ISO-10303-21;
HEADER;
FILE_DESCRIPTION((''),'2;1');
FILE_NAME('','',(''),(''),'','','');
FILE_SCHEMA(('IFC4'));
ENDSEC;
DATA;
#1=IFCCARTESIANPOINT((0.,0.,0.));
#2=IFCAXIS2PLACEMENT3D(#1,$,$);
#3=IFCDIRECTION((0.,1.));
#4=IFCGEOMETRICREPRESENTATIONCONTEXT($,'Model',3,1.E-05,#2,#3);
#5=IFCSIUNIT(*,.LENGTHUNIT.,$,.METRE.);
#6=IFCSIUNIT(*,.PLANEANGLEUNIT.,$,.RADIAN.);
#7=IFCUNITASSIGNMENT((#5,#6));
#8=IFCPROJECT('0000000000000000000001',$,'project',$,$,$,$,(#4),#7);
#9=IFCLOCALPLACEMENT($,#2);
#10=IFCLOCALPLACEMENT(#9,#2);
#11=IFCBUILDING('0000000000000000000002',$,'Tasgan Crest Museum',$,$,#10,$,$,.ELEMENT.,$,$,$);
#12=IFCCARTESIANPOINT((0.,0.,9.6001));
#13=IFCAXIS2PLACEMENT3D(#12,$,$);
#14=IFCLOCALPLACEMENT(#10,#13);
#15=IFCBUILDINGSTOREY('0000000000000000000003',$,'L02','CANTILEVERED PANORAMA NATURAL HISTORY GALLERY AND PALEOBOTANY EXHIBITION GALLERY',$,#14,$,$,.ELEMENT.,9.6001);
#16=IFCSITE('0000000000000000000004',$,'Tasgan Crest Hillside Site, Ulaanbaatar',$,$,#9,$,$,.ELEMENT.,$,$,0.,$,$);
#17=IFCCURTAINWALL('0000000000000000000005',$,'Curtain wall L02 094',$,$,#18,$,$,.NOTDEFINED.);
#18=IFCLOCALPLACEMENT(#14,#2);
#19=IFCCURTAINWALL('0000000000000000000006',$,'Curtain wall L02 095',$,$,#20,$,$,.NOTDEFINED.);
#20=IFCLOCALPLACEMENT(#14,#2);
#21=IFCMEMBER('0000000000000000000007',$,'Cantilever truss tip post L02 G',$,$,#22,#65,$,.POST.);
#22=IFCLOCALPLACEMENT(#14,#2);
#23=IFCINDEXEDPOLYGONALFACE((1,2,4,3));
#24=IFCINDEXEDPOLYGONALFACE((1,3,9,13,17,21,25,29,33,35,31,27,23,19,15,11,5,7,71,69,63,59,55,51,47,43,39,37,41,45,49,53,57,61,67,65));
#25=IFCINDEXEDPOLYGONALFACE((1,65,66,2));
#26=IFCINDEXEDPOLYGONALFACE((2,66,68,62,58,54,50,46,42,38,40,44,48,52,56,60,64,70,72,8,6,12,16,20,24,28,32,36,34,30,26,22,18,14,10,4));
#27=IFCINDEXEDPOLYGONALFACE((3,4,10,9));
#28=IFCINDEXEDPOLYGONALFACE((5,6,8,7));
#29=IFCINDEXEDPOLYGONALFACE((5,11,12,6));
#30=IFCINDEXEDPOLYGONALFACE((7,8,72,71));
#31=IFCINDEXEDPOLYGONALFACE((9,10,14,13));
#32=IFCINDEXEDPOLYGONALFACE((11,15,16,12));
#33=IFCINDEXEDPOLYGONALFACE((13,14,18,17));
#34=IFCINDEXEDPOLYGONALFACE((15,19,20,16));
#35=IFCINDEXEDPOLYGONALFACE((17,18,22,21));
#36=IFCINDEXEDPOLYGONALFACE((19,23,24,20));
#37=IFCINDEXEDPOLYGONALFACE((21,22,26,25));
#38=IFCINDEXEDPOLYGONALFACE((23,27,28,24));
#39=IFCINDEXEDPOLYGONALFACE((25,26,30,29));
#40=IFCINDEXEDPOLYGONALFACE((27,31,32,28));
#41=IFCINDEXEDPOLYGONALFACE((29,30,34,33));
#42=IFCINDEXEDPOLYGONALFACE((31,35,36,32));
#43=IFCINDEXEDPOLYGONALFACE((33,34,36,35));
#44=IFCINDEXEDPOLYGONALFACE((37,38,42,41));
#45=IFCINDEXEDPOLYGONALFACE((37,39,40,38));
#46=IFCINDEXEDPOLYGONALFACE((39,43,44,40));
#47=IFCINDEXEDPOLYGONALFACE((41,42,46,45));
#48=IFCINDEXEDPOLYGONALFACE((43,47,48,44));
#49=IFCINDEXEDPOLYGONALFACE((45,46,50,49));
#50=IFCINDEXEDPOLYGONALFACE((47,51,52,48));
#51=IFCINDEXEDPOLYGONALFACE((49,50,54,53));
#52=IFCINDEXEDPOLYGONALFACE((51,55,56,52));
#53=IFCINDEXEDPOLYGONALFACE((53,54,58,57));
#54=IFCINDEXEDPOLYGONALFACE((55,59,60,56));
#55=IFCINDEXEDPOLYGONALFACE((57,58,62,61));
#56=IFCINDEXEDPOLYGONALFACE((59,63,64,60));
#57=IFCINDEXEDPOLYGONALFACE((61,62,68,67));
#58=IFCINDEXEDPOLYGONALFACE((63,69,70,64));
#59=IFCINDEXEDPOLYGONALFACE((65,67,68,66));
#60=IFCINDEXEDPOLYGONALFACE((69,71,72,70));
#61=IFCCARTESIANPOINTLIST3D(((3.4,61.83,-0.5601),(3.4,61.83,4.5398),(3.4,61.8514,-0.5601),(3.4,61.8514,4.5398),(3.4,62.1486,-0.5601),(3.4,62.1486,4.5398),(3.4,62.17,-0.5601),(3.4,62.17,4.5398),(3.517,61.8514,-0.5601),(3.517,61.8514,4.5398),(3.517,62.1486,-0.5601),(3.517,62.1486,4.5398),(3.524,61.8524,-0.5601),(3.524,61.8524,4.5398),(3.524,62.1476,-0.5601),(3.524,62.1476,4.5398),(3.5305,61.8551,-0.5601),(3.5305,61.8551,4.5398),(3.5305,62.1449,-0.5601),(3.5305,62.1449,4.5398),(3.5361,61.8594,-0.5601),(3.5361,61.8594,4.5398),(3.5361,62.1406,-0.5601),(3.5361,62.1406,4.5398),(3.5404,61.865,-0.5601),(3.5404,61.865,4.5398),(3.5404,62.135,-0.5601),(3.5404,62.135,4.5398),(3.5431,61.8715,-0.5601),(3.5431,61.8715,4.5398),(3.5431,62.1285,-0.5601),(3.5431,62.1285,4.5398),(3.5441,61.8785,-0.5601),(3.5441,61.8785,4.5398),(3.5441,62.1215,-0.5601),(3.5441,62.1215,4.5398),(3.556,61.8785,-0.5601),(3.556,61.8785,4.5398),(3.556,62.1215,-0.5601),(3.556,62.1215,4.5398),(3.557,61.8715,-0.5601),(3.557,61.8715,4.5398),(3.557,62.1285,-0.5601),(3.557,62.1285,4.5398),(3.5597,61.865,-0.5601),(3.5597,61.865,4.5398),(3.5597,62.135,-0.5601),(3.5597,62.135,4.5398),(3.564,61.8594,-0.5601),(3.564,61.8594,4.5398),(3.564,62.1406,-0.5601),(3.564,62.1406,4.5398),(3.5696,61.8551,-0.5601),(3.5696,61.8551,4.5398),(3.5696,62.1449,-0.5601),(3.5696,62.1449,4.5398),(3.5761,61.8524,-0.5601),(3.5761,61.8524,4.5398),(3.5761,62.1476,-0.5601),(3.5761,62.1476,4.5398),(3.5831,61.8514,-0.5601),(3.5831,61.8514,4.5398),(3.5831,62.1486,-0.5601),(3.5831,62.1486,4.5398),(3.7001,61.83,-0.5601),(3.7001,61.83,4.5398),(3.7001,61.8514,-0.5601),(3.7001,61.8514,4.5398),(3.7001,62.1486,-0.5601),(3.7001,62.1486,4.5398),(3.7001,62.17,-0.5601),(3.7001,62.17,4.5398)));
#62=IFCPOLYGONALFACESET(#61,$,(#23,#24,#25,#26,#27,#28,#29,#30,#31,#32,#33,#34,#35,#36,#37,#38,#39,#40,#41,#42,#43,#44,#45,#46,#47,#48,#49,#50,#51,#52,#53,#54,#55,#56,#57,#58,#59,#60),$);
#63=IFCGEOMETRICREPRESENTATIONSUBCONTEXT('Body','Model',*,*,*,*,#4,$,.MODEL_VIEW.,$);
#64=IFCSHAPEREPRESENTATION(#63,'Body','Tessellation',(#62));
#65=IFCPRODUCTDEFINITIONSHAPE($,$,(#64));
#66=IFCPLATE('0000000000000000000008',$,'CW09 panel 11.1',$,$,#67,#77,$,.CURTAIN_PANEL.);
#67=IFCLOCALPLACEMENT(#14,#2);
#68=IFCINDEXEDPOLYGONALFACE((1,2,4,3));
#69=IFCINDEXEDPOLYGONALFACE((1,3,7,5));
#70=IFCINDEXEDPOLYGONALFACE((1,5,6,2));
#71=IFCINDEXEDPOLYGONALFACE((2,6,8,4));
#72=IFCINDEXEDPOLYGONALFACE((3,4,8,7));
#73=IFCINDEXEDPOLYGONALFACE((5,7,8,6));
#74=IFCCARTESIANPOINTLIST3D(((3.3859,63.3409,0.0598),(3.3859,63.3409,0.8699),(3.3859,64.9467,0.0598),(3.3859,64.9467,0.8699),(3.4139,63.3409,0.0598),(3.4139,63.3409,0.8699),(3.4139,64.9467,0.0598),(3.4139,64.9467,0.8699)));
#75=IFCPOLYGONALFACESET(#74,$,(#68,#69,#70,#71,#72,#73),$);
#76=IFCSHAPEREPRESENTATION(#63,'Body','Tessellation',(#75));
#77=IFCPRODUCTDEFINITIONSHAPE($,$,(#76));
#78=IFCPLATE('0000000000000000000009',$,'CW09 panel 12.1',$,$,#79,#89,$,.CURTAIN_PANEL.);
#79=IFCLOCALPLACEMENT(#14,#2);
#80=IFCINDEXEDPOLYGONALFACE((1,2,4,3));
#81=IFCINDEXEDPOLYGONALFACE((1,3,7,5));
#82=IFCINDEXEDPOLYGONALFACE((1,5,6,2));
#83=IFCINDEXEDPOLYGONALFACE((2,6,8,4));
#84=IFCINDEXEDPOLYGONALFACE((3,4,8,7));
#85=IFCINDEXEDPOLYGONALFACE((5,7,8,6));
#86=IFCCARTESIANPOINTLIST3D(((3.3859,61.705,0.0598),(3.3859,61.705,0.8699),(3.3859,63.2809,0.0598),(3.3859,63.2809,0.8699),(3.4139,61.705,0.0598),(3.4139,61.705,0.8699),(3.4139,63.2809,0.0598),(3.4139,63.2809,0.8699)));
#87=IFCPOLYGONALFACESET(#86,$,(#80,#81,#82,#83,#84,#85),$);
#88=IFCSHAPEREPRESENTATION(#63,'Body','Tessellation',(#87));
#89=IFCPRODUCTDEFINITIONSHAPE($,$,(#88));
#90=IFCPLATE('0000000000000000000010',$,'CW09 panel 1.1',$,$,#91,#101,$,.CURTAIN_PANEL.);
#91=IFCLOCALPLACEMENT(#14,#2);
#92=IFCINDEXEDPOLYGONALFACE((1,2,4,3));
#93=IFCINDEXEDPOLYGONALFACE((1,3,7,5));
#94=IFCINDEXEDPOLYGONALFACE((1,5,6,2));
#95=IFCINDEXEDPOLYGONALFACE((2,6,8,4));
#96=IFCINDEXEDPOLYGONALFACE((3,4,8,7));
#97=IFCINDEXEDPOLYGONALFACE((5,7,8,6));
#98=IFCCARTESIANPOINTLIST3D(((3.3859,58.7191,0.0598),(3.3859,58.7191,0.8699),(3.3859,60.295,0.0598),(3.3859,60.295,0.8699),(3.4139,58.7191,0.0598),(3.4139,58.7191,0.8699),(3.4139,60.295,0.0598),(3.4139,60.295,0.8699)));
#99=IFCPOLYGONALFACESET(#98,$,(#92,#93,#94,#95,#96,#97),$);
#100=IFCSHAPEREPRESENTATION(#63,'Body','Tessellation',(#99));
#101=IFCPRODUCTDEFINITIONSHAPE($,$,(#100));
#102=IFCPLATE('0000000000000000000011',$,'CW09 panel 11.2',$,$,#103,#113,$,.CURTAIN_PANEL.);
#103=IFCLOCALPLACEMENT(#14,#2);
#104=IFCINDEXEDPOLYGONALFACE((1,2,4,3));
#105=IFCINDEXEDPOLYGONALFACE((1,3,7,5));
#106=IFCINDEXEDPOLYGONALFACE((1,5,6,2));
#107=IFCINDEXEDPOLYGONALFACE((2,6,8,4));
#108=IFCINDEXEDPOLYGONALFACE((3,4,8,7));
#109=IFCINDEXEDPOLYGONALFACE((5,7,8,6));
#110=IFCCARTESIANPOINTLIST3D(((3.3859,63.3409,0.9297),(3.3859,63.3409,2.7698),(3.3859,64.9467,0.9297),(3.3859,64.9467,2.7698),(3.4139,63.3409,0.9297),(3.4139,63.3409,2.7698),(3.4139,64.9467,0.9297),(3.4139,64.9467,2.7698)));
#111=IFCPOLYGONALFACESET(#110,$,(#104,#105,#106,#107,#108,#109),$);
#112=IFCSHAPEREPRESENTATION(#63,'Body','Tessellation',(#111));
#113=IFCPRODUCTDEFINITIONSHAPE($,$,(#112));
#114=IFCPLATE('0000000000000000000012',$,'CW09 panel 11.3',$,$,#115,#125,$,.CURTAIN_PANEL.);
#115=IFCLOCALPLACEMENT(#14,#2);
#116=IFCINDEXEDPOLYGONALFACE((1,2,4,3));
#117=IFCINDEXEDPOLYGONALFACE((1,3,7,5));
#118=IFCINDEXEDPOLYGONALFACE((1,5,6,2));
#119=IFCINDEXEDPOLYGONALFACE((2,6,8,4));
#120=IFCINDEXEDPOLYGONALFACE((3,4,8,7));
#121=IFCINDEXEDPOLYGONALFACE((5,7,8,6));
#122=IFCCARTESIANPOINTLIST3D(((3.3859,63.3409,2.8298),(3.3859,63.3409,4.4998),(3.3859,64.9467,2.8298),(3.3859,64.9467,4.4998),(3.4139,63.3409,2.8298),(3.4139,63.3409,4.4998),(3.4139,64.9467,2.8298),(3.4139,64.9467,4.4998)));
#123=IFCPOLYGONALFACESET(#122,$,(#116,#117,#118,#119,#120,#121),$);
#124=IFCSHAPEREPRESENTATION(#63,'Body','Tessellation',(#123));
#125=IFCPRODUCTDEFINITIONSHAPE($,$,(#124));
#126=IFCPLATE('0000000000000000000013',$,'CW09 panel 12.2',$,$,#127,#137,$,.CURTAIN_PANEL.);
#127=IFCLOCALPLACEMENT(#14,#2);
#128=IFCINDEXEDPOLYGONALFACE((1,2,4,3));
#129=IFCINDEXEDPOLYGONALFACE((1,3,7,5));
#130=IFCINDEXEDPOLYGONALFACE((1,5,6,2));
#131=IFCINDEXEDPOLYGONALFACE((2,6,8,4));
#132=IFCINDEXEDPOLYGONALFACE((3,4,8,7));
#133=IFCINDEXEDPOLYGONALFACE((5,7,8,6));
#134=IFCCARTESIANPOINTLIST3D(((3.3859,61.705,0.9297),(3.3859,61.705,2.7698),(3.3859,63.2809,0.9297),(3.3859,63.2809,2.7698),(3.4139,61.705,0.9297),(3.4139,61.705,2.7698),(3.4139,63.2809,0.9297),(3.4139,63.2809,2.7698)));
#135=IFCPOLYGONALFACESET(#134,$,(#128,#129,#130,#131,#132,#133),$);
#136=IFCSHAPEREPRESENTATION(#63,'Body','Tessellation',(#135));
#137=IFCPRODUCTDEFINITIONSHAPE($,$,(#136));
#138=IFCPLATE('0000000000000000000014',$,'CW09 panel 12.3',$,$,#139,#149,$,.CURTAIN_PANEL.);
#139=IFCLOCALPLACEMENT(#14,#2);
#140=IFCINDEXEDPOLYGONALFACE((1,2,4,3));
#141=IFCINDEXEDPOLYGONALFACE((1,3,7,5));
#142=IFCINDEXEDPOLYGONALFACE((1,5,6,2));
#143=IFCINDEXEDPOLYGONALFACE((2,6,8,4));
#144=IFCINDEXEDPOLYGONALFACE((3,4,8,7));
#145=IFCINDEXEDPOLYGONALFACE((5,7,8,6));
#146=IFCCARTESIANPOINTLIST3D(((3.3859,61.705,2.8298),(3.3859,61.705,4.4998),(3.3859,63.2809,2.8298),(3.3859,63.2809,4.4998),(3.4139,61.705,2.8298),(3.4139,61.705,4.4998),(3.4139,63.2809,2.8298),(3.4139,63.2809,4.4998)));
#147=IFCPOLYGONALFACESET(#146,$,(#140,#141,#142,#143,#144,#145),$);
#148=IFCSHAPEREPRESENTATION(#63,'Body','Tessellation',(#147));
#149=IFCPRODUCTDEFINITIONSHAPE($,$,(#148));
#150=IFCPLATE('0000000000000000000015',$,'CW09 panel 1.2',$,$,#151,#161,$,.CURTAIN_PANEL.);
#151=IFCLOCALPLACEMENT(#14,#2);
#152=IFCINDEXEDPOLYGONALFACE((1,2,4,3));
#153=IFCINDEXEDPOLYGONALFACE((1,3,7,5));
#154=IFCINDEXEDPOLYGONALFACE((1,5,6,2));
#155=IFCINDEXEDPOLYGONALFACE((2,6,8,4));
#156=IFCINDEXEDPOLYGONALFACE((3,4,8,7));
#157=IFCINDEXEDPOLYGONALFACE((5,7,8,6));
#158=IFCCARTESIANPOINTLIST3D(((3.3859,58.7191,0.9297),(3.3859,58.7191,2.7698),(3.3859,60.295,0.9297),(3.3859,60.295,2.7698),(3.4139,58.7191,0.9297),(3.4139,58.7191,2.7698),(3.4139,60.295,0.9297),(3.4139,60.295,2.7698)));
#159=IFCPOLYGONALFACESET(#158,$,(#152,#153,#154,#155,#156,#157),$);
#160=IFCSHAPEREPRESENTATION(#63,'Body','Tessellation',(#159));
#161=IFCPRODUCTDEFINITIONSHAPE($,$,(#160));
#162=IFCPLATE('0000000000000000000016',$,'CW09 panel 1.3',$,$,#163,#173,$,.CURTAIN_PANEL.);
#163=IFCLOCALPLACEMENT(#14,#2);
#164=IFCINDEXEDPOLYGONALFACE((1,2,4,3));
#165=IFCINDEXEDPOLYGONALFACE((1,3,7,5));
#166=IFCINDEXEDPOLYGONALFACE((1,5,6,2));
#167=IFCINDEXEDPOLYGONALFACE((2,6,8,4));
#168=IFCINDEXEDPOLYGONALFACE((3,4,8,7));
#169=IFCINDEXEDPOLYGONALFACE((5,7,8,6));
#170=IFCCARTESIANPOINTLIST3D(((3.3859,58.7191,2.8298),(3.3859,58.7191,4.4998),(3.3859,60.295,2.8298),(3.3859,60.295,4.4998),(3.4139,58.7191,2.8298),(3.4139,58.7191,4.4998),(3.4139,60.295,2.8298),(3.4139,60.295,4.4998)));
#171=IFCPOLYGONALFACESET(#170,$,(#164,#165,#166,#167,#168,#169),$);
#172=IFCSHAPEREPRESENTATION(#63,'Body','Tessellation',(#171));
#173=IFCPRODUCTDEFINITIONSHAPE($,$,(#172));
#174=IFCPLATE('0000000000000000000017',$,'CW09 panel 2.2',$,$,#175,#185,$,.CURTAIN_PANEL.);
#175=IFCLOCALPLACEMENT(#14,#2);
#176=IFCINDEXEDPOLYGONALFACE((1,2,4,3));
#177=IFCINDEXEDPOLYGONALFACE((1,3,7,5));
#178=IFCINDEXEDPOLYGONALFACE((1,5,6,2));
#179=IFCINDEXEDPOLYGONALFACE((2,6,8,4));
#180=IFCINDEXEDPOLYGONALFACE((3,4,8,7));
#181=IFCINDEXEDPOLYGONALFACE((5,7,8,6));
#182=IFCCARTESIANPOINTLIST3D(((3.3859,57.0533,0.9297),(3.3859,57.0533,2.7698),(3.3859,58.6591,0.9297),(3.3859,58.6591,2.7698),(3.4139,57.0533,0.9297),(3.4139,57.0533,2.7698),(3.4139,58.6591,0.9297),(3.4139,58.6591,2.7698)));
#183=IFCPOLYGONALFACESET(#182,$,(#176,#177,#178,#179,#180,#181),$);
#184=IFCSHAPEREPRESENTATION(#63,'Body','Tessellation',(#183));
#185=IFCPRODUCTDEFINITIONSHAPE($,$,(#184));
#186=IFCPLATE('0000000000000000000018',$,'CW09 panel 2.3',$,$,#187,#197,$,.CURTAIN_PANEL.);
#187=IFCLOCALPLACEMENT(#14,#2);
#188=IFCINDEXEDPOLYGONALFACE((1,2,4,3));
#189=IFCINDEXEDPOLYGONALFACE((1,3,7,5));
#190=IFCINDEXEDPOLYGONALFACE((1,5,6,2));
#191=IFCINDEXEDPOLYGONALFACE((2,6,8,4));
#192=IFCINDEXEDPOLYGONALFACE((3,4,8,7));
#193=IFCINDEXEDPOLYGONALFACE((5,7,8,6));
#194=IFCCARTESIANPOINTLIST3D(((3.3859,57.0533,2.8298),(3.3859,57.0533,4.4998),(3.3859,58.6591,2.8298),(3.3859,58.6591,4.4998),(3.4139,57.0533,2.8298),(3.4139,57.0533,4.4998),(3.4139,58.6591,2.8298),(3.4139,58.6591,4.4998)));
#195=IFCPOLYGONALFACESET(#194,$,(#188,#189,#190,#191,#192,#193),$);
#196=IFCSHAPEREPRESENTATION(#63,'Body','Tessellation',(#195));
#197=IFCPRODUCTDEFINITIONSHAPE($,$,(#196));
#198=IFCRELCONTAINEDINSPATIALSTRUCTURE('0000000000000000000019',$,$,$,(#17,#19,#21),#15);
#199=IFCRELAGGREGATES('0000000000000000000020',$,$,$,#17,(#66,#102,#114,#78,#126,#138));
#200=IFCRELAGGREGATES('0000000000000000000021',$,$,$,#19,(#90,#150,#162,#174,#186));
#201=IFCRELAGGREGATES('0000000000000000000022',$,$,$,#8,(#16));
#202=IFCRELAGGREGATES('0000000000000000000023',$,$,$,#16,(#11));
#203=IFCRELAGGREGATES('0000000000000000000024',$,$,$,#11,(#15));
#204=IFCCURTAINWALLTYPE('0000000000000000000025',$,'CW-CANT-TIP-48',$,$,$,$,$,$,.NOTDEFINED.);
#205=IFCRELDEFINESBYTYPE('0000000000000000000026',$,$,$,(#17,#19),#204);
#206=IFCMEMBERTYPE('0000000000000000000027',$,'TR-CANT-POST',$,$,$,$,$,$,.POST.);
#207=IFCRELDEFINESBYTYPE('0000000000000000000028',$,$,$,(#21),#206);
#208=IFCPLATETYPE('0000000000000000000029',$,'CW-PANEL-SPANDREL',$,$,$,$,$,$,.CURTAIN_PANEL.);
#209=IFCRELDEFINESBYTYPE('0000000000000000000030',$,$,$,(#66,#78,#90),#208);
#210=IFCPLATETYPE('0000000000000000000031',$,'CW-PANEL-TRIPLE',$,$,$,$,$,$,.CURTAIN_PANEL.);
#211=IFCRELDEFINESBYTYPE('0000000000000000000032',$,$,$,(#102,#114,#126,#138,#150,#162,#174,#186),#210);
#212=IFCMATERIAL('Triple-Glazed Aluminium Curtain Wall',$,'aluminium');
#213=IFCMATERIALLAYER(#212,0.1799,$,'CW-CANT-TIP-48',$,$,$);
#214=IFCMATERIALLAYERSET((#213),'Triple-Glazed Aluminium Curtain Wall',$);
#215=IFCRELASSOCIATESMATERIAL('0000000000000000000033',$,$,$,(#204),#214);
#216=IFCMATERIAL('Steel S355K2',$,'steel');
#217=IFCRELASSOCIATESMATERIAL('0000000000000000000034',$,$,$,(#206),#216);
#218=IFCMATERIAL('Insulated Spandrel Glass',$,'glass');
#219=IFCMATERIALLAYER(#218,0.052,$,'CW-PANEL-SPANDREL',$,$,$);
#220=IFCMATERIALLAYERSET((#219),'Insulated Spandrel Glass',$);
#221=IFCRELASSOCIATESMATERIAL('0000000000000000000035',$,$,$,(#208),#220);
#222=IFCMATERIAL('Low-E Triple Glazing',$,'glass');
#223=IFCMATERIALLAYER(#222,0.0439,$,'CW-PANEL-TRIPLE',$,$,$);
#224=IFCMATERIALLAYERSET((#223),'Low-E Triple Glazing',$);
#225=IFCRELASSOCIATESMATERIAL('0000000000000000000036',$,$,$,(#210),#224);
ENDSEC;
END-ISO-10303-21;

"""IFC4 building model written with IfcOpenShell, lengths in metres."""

from ifc_helpers import new_model, si_unit, direction, frame, origin, origin_2d, place, context, subcontext, project, spatial, rectangle, i_section, extrude, material, layer, layer_set, material_profile, profile_set, type_object, element, aggregate, save


model = new_model("IFC4")

# Units and contexts
model_context = context("Model", 3, precision=1e-05, world=origin(), true_north=direction((0.0, 1.0)))
body_context = subcontext(model_context, "Body", "Model", "MODEL_VIEW")
ifc_project = project(units=[si_unit("LENGTHUNIT", "METRE"), si_unit("PLANEANGLEUNIT", "RADIAN")], contexts=[model_context])

# Site, building, storey
site_placement = place(None, origin())
site = spatial("IfcSite", under=ifc_project, at=site_placement, Name="Tasgan Crest Hillside Site, Ulaanbaatar", CompositionType="ELEMENT", RefElevation=0.0)
building_placement = place(site_placement, origin())
building = spatial("IfcBuilding", under=site, at=building_placement, Name="Tasgan Crest Museum", CompositionType="ELEMENT")
storey_placement = place(building_placement, frame((0.0, 0.0, 9.6001)))
storey = spatial("IfcBuildingStorey", under=building, at=storey_placement, Name="L02", Description="CANTILEVERED PANORAMA NATURAL HISTORY GALLERY AND PALEOBOTANY EXHIBITION GALLERY", CompositionType="ELEMENT", Elevation=9.6001)

# Curtain walls
ifc_material_1 = material(Name="Triple-Glazed Aluminium Curtain Wall", Category="aluminium")
ifc_layer_1 = layer(ifc_material_1, 0.1799, Name="CW-CANT-TIP-48")
ifc_layer_set_1 = layer_set([ifc_layer_1], Name="Triple-Glazed Aluminium Curtain Wall")
curtain_wall_type = type_object("IfcCurtainWallType", Name="CW-CANT-TIP-48", PredefinedType="NOTDEFINED", material=ifc_layer_set_1)
curtain_wall_1_placement = place(storey_placement, origin())
curtain_wall_1 = element("IfcCurtainWall", 1, at=curtain_wall_1_placement, inside=storey, type_object=curtain_wall_type, Name="Curtain wall L02 094", PredefinedType="NOTDEFINED")
curtain_wall_2_placement = place(storey_placement, origin())
curtain_wall_2 = element("IfcCurtainWall", 2, at=curtain_wall_2_placement, inside=storey, type_object=curtain_wall_type, Name="Curtain wall L02 095", PredefinedType="NOTDEFINED")

# Member
ifc_material_2 = material(Name="Steel S355K2", Category="steel")
ifc_material_profile_1 = material_profile(ifc_material_2, i_section(OverallWidth=0.3, OverallDepth=0.3401, WebThickness=0.012, FlangeThickness=0.0215, FilletRadius=0.0271, at=origin_2d()), Name="HEB 340")
ifc_profile_set_1 = profile_set([ifc_material_profile_1], Name="Steel S355K2")
member_type_1 = type_object("IfcMemberType", Name="TR-CANT-POST", PredefinedType="POST", material=ifc_profile_set_1)
for number, where, z_axis, x_axis, name in (
    (3, (3.55, 62.0, -0.5601), (0.0, 0.0, 1.0), (1.0, 0.0, 0.0), "Cantilever truss tip post L02 G"),
):
    element("IfcMember", number, at=place(storey_placement, frame(where, z_axis=z_axis, x_axis=x_axis)), inside=storey, type_object=member_type_1, Name=name, PredefinedType="POST", context=body_context, shape_type="SweptSolid", body=[
        extrude(i_section(OverallWidth=0.3, OverallDepth=0.3401, WebThickness=0.012, FlangeThickness=0.0215, FilletRadius=0.0271, at=origin_2d()), origin(), (0.0, 0.0, 1.0), 5.0999),
    ])

# Plates
ifc_material_3 = material(Name="Insulated Spandrel Glass", Category="glass")
ifc_layer_2 = layer(ifc_material_3, 0.052, Name="CW-PANEL-SPANDREL")
ifc_layer_set_2 = layer_set([ifc_layer_2], Name="Insulated Spandrel Glass")
plate_type_1 = type_object("IfcPlateType", Name="CW-PANEL-SPANDREL", PredefinedType="CURTAIN_PANEL", material=ifc_layer_set_2)
plate_1_placement = place(storey_placement, frame((3.3999, 64.1438, 0.0598), z_axis=(0.0, 0.0, 1.0), x_axis=(0.0, -1.0, 0.0)))
plate_1 = element("IfcPlate", 4, at=plate_1_placement, type_object=plate_type_1, Name="CW09 panel 11.1", PredefinedType="CURTAIN_PANEL", context=body_context, shape_type="SweptSolid", body=[
    extrude(rectangle(XDim=1.6057, YDim=0.0281, at=origin_2d()), origin(), (0.0, 0.0, 1.0), 0.8101),
])
plate_2_placement = place(storey_placement, frame((3.3999, 62.4929, 0.0598), z_axis=(0.0, 0.0, 1.0), x_axis=(0.0, -1.0, 0.0)))
plate_2 = element("IfcPlate", 5, at=plate_2_placement, type_object=plate_type_1, Name="CW09 panel 12.1", PredefinedType="CURTAIN_PANEL", context=body_context, shape_type="SweptSolid", body=[
    extrude(rectangle(XDim=1.5759, YDim=0.0281, at=origin_2d()), origin(), (0.0, 0.0, 1.0), 0.8101),
])
plate_3_placement = place(storey_placement, frame((3.3999, 59.5071, 0.0598), z_axis=(0.0, 0.0, 1.0), x_axis=(0.0, -1.0, 0.0)))
plate_3 = element("IfcPlate", 6, at=plate_3_placement, type_object=plate_type_1, Name="CW09 panel 1.1", PredefinedType="CURTAIN_PANEL", context=body_context, shape_type="SweptSolid", body=[
    extrude(rectangle(XDim=1.5759, YDim=0.0281, at=origin_2d()), origin(), (0.0, 0.0, 1.0), 0.8101),
])
ifc_material_4 = material(Name="Low-E Triple Glazing", Category="glass")
ifc_layer_3 = layer(ifc_material_4, 0.0439, Name="CW-PANEL-TRIPLE")
ifc_layer_set_3 = layer_set([ifc_layer_3], Name="Low-E Triple Glazing")
plate_type_2 = type_object("IfcPlateType", Name="CW-PANEL-TRIPLE", PredefinedType="CURTAIN_PANEL", material=ifc_layer_set_3)
plate_4_placement = place(storey_placement, frame((3.3999, 64.1438, 0.9297), z_axis=(0.0, 0.0, 1.0), x_axis=(0.0, -1.0, 0.0)))
plate_4 = element("IfcPlate", 7, at=plate_4_placement, type_object=plate_type_2, Name="CW09 panel 11.2", PredefinedType="CURTAIN_PANEL", context=body_context, shape_type="SweptSolid", body=[
    extrude(rectangle(XDim=1.6057, YDim=0.0281, at=origin_2d()), origin(), (0.0, 0.0, 1.0), 1.8401),
])
plate_5_placement = place(storey_placement, frame((3.3999, 64.1438, 2.8298), z_axis=(0.0, 0.0, 1.0), x_axis=(0.0, -1.0, 0.0)))
plate_5 = element("IfcPlate", 8, at=plate_5_placement, type_object=plate_type_2, Name="CW09 panel 11.3", PredefinedType="CURTAIN_PANEL", context=body_context, shape_type="SweptSolid", body=[
    extrude(rectangle(XDim=1.6057, YDim=0.0281, at=origin_2d()), origin(), (0.0, 0.0, 1.0), 1.6699),
])
plate_6_placement = place(storey_placement, frame((3.3999, 62.4929, 0.9297), z_axis=(0.0, 0.0, 1.0), x_axis=(0.0, -1.0, 0.0)))
plate_6 = element("IfcPlate", 9, at=plate_6_placement, type_object=plate_type_2, Name="CW09 panel 12.2", PredefinedType="CURTAIN_PANEL", context=body_context, shape_type="SweptSolid", body=[
    extrude(rectangle(XDim=1.5759, YDim=0.0281, at=origin_2d()), origin(), (0.0, 0.0, 1.0), 1.8401),
])
plate_7_placement = place(storey_placement, frame((3.3999, 62.4929, 2.8298), z_axis=(0.0, 0.0, 1.0), x_axis=(0.0, -1.0, 0.0)))
plate_7 = element("IfcPlate", 10, at=plate_7_placement, type_object=plate_type_2, Name="CW09 panel 12.3", PredefinedType="CURTAIN_PANEL", context=body_context, shape_type="SweptSolid", body=[
    extrude(rectangle(XDim=1.5759, YDim=0.0281, at=origin_2d()), origin(), (0.0, 0.0, 1.0), 1.6699),
])
aggregate(curtain_wall_1, [plate_1, plate_4, plate_5, plate_2, plate_6, plate_7])
plate_8_placement = place(storey_placement, frame((3.3999, 59.5071, 0.9297), z_axis=(0.0, 0.0, 1.0), x_axis=(0.0, -1.0, 0.0)))
plate_8 = element("IfcPlate", 11, at=plate_8_placement, type_object=plate_type_2, Name="CW09 panel 1.2", PredefinedType="CURTAIN_PANEL", context=body_context, shape_type="SweptSolid", body=[
    extrude(rectangle(XDim=1.5759, YDim=0.0281, at=origin_2d()), origin(), (0.0, 0.0, 1.0), 1.8401),
])
plate_9_placement = place(storey_placement, frame((3.3999, 59.5071, 2.8298), z_axis=(0.0, 0.0, 1.0), x_axis=(0.0, -1.0, 0.0)))
plate_9 = element("IfcPlate", 12, at=plate_9_placement, type_object=plate_type_2, Name="CW09 panel 1.3", PredefinedType="CURTAIN_PANEL", context=body_context, shape_type="SweptSolid", body=[
    extrude(rectangle(XDim=1.5759, YDim=0.0281, at=origin_2d()), origin(), (0.0, 0.0, 1.0), 1.6699),
])
plate_10_placement = place(storey_placement, frame((3.3999, 57.8562, 0.9297), z_axis=(0.0, 0.0, 1.0), x_axis=(0.0, -1.0, 0.0)))
plate_10 = element("IfcPlate", 13, at=plate_10_placement, type_object=plate_type_2, Name="CW09 panel 2.2", PredefinedType="CURTAIN_PANEL", context=body_context, shape_type="SweptSolid", body=[
    extrude(rectangle(XDim=1.6057, YDim=0.0281, at=origin_2d()), origin(), (0.0, 0.0, 1.0), 1.8401),
])
plate_11_placement = place(storey_placement, frame((3.3999, 57.8562, 2.8298), z_axis=(0.0, 0.0, 1.0), x_axis=(0.0, -1.0, 0.0)))
plate_11 = element("IfcPlate", 14, at=plate_11_placement, type_object=plate_type_2, Name="CW09 panel 2.3", PredefinedType="CURTAIN_PANEL", context=body_context, shape_type="SweptSolid", body=[
    extrude(rectangle(XDim=1.6057, YDim=0.0281, at=origin_2d()), origin(), (0.0, 0.0, 1.0), 1.6699),
])
aggregate(curtain_wall_2, [plate_3, plate_8, plate_9, plate_10, plate_11])

save(model, "model.ifc")
